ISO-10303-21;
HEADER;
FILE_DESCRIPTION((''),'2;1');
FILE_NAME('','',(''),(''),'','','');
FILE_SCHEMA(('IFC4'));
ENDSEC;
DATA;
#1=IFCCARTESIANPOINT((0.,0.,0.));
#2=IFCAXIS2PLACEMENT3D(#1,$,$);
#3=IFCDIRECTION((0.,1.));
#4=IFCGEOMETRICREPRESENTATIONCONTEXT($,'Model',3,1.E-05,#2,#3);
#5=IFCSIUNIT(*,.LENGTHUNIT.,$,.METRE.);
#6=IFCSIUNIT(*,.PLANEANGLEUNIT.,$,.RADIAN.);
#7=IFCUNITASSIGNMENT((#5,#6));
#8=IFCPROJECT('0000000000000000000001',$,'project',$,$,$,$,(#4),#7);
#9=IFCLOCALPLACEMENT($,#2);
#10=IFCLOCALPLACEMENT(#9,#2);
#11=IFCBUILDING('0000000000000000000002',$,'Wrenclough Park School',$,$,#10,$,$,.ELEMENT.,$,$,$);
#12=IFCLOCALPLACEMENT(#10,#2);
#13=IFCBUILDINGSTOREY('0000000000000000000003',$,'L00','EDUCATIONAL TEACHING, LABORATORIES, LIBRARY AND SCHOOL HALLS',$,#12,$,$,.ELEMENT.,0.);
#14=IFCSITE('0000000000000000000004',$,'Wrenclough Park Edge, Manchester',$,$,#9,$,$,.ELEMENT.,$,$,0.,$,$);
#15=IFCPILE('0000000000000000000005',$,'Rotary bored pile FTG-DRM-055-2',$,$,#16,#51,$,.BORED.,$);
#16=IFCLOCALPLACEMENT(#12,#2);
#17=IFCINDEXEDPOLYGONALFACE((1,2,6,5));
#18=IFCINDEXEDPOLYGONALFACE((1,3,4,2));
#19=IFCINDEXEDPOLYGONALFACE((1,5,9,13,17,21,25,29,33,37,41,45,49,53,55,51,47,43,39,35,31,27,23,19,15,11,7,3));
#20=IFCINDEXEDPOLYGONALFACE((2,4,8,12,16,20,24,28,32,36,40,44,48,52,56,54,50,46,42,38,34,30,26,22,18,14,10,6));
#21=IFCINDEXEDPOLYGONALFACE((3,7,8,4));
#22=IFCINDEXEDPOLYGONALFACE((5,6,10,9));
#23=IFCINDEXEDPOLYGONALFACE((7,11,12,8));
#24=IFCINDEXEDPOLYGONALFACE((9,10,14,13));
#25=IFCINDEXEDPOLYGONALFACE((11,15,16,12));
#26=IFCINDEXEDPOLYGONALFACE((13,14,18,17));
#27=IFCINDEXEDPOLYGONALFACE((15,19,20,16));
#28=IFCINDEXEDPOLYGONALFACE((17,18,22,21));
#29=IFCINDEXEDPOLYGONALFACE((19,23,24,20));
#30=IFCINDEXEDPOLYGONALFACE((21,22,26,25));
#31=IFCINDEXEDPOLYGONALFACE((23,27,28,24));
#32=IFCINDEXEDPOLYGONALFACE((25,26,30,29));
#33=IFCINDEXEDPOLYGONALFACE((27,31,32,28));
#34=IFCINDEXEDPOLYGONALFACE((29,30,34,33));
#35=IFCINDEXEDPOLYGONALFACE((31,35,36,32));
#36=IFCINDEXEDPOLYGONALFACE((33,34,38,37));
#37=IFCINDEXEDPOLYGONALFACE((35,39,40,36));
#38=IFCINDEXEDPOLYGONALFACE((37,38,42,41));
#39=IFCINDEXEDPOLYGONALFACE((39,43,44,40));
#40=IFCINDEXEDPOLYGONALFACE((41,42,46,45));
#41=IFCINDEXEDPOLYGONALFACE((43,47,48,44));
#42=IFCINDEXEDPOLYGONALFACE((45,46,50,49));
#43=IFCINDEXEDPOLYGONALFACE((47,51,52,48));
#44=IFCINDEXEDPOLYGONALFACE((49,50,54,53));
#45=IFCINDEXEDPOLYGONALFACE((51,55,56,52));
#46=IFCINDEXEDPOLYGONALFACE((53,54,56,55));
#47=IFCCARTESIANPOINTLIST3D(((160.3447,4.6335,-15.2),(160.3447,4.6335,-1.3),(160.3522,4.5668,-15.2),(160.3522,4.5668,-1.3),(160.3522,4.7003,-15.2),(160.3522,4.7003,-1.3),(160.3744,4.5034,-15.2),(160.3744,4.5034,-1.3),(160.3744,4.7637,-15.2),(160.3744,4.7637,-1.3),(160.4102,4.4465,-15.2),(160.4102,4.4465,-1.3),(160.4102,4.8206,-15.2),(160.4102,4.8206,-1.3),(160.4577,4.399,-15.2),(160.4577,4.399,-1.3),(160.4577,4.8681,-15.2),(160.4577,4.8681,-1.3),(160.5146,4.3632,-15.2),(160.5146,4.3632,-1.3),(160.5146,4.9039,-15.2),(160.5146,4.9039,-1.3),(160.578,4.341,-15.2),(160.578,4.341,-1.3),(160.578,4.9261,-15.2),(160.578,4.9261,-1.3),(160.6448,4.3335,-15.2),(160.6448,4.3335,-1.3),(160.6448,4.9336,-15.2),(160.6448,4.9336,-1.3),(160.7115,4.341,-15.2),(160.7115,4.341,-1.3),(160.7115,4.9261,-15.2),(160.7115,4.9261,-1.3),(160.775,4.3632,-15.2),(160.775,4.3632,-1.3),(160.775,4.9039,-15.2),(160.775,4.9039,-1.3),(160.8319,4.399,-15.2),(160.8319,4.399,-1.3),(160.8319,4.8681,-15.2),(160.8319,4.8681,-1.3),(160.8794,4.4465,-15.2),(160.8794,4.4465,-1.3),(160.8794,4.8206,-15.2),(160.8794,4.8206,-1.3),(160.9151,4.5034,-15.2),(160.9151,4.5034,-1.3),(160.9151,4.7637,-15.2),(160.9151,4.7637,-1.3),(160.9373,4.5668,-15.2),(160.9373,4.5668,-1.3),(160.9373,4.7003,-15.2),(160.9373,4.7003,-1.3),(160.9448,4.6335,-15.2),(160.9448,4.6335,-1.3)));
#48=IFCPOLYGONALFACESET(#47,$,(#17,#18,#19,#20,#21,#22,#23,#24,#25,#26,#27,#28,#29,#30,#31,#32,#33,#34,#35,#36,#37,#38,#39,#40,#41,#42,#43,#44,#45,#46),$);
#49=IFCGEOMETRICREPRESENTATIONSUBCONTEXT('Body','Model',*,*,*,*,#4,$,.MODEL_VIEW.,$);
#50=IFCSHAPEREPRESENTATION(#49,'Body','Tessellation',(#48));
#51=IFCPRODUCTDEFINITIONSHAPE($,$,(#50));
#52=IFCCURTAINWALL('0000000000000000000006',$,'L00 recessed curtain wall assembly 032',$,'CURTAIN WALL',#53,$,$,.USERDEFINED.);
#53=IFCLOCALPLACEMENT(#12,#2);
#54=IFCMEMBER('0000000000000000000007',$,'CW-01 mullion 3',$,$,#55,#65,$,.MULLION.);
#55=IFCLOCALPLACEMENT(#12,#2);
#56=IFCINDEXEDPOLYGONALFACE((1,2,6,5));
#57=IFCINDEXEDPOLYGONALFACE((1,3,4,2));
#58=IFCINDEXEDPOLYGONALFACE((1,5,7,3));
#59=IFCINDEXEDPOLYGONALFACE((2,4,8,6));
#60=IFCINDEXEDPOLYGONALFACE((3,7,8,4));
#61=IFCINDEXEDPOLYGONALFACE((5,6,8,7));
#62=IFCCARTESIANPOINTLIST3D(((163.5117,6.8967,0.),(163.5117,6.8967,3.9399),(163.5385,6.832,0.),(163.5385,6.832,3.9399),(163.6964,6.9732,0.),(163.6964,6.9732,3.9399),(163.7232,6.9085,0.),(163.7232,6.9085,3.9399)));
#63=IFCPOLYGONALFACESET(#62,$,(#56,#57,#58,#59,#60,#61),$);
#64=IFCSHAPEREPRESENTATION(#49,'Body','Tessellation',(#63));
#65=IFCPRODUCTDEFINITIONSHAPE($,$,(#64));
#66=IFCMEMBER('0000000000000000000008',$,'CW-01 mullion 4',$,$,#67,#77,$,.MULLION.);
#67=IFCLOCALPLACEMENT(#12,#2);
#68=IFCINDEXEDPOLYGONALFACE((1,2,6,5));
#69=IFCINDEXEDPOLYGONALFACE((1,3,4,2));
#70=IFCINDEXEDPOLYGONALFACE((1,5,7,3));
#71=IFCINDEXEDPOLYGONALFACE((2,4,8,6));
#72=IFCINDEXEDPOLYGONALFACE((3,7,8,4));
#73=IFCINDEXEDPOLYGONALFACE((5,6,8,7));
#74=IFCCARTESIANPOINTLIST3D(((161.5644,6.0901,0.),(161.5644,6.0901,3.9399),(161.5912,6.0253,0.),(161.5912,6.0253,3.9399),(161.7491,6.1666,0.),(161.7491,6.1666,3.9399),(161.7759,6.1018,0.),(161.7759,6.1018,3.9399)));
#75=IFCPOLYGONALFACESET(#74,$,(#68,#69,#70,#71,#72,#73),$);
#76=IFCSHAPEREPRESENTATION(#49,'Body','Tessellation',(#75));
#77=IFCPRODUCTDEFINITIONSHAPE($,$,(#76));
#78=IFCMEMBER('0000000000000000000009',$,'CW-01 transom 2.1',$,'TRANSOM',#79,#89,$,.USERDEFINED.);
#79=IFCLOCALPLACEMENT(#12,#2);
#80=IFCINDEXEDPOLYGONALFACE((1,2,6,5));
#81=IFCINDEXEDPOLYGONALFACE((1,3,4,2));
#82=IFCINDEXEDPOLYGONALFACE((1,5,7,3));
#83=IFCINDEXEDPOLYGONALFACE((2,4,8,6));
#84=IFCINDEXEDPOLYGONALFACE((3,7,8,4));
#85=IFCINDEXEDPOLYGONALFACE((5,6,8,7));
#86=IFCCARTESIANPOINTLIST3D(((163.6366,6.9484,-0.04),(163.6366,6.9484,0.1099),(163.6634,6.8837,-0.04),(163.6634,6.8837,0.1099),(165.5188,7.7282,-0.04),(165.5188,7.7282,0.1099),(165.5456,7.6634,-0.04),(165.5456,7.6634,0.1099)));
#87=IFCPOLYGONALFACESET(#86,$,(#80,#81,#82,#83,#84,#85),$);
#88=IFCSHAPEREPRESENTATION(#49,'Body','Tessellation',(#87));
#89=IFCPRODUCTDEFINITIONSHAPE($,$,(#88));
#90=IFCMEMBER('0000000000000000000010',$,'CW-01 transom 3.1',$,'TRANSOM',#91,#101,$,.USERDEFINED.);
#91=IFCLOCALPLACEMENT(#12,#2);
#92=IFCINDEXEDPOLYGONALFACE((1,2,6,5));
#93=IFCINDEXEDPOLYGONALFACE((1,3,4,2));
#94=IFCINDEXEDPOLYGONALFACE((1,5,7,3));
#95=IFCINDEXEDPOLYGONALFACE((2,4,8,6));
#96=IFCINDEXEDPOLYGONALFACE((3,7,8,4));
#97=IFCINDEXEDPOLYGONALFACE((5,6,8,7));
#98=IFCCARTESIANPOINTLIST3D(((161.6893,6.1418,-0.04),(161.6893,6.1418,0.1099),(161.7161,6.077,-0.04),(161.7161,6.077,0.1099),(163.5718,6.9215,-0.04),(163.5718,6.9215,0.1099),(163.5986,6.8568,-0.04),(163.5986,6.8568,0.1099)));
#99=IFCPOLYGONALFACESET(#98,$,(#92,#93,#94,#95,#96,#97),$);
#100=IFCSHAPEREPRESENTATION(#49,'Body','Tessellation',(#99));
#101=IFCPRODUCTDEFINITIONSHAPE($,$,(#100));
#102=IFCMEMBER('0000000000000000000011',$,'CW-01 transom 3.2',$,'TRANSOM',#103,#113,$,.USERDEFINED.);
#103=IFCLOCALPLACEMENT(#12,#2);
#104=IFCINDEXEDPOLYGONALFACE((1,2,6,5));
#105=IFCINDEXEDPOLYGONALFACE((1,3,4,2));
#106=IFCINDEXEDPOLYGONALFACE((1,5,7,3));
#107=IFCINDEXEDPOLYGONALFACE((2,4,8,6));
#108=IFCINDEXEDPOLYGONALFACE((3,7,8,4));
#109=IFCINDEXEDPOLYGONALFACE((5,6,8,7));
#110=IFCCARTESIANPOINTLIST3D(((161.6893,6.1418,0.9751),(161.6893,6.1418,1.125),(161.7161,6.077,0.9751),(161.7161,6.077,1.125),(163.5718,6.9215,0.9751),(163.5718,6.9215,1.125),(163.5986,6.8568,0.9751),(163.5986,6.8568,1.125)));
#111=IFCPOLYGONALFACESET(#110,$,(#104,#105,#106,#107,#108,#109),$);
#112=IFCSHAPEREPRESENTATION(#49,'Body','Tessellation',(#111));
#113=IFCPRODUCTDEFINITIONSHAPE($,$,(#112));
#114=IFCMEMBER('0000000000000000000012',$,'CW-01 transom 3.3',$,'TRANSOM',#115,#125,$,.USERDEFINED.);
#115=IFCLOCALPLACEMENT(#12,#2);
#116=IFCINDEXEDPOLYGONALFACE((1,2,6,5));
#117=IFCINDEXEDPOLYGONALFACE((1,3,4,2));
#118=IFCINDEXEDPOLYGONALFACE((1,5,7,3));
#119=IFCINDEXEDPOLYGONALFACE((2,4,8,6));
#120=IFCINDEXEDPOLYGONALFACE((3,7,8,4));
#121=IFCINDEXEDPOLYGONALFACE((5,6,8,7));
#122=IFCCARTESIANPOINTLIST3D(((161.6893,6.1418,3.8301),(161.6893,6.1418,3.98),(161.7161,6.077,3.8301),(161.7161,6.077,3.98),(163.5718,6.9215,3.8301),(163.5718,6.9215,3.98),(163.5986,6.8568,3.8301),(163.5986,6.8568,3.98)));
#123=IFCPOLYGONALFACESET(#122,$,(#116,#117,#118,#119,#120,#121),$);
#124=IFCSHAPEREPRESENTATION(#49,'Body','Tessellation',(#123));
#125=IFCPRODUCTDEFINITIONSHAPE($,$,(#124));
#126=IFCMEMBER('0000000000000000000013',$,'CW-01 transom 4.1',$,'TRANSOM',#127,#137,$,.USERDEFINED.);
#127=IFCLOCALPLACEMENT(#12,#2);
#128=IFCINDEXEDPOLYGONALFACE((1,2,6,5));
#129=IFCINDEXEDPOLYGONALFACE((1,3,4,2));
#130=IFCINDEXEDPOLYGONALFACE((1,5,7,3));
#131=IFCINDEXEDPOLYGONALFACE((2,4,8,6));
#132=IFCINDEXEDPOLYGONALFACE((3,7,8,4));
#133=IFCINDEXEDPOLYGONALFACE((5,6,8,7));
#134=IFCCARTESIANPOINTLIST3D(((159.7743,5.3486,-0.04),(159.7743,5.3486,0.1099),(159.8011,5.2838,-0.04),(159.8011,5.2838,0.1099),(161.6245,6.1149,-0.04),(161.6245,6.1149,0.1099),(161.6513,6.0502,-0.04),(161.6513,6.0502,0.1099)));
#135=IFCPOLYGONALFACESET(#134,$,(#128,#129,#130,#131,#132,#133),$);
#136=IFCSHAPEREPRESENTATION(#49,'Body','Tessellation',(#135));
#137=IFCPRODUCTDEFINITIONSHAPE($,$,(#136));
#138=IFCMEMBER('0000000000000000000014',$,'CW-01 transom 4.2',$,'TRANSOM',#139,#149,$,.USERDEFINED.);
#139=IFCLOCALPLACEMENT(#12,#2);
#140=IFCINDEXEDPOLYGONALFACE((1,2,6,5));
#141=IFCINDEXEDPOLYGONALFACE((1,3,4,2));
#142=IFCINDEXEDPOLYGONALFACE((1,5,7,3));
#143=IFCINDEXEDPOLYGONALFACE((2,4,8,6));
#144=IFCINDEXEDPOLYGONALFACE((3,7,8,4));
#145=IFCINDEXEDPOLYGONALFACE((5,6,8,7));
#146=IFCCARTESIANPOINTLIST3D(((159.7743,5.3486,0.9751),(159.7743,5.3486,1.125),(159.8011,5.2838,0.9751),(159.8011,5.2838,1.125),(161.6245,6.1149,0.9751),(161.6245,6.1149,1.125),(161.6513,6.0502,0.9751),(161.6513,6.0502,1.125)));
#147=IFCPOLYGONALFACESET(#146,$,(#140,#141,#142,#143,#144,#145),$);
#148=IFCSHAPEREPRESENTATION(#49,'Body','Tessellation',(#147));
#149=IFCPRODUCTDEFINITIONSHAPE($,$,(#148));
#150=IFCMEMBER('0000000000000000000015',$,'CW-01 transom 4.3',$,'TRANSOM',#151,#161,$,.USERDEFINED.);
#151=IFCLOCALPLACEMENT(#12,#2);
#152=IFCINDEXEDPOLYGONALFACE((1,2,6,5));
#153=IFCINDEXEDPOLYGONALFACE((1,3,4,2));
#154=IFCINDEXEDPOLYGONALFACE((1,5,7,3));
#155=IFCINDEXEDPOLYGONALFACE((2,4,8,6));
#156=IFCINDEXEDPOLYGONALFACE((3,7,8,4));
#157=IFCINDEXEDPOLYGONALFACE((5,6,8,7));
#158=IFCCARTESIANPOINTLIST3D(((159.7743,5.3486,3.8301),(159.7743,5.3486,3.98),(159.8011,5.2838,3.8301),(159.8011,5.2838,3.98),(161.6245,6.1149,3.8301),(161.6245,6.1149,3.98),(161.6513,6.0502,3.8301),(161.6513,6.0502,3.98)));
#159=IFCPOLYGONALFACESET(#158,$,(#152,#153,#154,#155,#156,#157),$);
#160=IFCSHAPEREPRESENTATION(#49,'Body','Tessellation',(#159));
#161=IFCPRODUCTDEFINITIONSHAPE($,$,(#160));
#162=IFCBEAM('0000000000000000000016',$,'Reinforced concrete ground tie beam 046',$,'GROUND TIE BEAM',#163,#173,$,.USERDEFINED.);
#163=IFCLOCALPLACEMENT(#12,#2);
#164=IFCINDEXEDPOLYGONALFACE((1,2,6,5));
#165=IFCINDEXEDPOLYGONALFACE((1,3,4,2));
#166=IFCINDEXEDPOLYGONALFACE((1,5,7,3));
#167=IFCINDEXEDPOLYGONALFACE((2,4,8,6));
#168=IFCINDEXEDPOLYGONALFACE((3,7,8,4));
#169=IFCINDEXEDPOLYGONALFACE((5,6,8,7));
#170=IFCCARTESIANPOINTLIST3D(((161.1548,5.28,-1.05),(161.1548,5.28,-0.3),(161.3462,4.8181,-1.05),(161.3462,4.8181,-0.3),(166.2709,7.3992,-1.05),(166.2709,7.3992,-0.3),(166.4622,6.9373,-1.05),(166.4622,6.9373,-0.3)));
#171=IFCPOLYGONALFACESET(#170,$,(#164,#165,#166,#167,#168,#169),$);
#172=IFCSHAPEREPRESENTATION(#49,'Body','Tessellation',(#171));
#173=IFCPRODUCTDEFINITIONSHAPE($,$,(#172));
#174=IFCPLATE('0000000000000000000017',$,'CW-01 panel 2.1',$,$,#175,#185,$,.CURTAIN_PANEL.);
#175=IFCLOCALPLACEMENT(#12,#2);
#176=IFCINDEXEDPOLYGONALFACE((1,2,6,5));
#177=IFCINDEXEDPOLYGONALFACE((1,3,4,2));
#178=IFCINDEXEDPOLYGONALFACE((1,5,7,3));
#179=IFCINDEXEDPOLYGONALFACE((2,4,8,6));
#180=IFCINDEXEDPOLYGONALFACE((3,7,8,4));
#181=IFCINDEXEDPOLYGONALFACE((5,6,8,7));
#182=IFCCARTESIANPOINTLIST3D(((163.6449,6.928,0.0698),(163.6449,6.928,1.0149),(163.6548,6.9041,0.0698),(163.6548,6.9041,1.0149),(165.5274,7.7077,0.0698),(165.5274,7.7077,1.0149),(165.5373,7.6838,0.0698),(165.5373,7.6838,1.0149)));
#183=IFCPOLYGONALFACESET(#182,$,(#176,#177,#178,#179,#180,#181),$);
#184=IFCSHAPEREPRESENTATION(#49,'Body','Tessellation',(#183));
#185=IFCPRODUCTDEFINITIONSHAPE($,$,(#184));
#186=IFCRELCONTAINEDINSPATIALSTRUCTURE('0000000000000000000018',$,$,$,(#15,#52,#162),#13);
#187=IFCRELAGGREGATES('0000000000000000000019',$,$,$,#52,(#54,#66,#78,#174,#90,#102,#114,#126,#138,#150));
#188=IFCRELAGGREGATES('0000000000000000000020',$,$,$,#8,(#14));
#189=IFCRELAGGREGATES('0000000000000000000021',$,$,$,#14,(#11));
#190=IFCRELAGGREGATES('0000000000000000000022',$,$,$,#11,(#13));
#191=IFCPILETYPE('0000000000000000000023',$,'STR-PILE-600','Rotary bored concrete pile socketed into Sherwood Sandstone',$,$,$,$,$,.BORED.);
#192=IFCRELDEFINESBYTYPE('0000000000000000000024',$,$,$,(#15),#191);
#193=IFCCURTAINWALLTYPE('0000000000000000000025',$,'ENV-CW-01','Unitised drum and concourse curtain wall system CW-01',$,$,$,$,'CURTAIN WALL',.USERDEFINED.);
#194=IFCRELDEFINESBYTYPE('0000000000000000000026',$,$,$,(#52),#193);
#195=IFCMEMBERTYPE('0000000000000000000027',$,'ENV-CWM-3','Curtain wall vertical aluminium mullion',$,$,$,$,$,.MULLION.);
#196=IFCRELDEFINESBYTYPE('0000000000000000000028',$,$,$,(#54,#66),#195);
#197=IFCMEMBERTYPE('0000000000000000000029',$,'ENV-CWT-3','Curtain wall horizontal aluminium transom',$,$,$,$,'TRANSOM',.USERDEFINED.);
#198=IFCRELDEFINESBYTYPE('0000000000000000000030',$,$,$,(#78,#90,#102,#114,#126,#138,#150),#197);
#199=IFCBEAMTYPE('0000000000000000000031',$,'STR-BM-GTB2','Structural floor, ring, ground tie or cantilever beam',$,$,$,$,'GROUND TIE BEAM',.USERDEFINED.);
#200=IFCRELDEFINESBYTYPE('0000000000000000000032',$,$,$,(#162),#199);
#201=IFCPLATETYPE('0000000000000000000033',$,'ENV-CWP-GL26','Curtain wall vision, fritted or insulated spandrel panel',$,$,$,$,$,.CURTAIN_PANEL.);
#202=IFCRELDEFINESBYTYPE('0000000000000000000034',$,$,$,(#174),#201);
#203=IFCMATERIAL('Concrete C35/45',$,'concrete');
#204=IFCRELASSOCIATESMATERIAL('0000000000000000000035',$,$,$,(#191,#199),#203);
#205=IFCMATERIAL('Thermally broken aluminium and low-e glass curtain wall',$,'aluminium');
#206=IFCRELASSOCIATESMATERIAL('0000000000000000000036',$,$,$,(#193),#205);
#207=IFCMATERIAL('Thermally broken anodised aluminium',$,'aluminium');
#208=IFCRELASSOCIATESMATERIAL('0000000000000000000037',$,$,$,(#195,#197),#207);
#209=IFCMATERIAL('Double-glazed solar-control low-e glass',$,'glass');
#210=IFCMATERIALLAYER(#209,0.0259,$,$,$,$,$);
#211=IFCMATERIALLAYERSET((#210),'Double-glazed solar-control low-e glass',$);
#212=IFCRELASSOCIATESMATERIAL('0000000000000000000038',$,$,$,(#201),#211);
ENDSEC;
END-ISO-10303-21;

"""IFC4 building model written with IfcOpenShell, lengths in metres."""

from ifc_helpers import new_model, si_unit, direction, frame, origin, origin_2d, place, context, subcontext, project, spatial, rectangle, circle, extrude, material, layer, layer_set, material_profile, profile_set, type_object, element, aggregate, save


model = new_model("IFC4")

# Units and contexts
model_context = context("Model", 3, precision=1e-05, world=origin(), true_north=direction((0.0, 1.0)))
body_context = subcontext(model_context, "Body", "Model", "MODEL_VIEW")
ifc_project = project(units=[si_unit("LENGTHUNIT", "METRE"), si_unit("PLANEANGLEUNIT", "RADIAN")], contexts=[model_context])

# Site, building, storey
site_placement = place(None, origin())
site = spatial("IfcSite", under=ifc_project, at=site_placement, Name="Wrenclough Park Edge, Manchester", CompositionType="ELEMENT", RefElevation=0.0)
building_placement = place(site_placement, origin())
building = spatial("IfcBuilding", under=site, at=building_placement, Name="Wrenclough Park School", CompositionType="ELEMENT")
storey_placement = place(building_placement, origin())
storey = spatial("IfcBuildingStorey", under=building, at=storey_placement, Name="L00", Description="EDUCATIONAL TEACHING, LABORATORIES, LIBRARY AND SCHOOL HALLS", CompositionType="ELEMENT", Elevation=0.0)

# Pile
ifc_material_1 = material(Name="Concrete C35/45", Category="concrete")
ifc_material_profile_1 = material_profile(ifc_material_1, circle(Radius=0.3, at=origin_2d()), Name="BORED PILE D600")
ifc_profile_set_1 = profile_set([ifc_material_profile_1], Name="Concrete C35/45")
pile_type = type_object("IfcPileType", Name="STR-PILE-600", Description="Rotary bored concrete pile socketed into Sherwood Sandstone", PredefinedType="BORED", material=ifc_profile_set_1)
pile_placement = place(storey_placement, frame((160.6448, 4.6335, -1.3), z_axis=(0.0, 0.0, -1.0), x_axis=(1.0, 0.0, 0.0)))
element("IfcPile", 1, at=pile_placement, inside=storey, type_object=pile_type, Name="Rotary bored pile FTG-DRM-055-2", PredefinedType="BORED", context=body_context, shape_type="SweptSolid", body=[
    extrude(circle(Radius=0.3, at=origin_2d()), origin(), (0.0, 0.0, 1.0), 13.8999),
])

# Curtain wall, members
ifc_material_2 = material(Name="Thermally broken aluminium and low-e glass curtain wall", Category="aluminium")
curtain_wall_type = type_object("IfcCurtainWallType", Name="ENV-CW-01", Description="Unitised drum and concourse curtain wall system CW-01", ElementType="CURTAIN WALL", PredefinedType="USERDEFINED", material=ifc_material_2)
curtain_wall_placement = place(storey_placement, origin())
curtain_wall = element("IfcCurtainWall", 2, at=curtain_wall_placement, inside=storey, type_object=curtain_wall_type, Name="L00 recessed curtain wall assembly 032", ObjectType="CURTAIN WALL", PredefinedType="USERDEFINED")
ifc_material_3 = material(Name="Thermally broken anodised aluminium", Category="aluminium")
ifc_material_profile_2 = material_profile(ifc_material_3, rectangle(XDim=0.0701, YDim=0.2, at=origin_2d()), Name="AL MULLION 70x200")
ifc_profile_set_2 = profile_set([ifc_material_profile_2], Name="Thermally broken anodised aluminium")
member_type_1 = type_object("IfcMemberType", Name="ENV-CWM-3", Description="Curtain wall vertical aluminium mullion", PredefinedType="MULLION", material=ifc_profile_set_2)
member_1_placement = place(storey_placement, frame((163.6174, 6.9026, 0.0), z_axis=(0.0, 0.0, 1.0), x_axis=(0.382687, -0.923878, 0.0)))
member_1 = element("IfcMember", 3, at=member_1_placement, type_object=member_type_1, Name="CW-01 mullion 3", PredefinedType="MULLION", context=body_context, shape_type="SweptSolid", body=[
    extrude(rectangle(XDim=0.0701, YDim=0.2, at=origin_2d()), origin(), (0.0, 0.0, 1.0), 3.9399),
])
member_2_placement = place(storey_placement, frame((161.6702, 6.0959, 0.0), z_axis=(0.0, 0.0, 1.0), x_axis=(0.382687, -0.923878, 0.0)))
member_2 = element("IfcMember", 4, at=member_2_placement, type_object=member_type_1, Name="CW-01 mullion 4", PredefinedType="MULLION", context=body_context, shape_type="SweptSolid", body=[
    extrude(rectangle(XDim=0.0701, YDim=0.2, at=origin_2d()), origin(), (0.0, 0.0, 1.0), 3.9399),
])
ifc_material_profile_3 = material_profile(ifc_material_3, rectangle(XDim=0.0701, YDim=0.1499, at=origin_2d()), Name="AL TRANSOM 70x150")
ifc_profile_set_3 = profile_set([ifc_material_profile_3], Name="Thermally broken anodised aluminium")
member_type_2 = type_object("IfcMemberType", Name="ENV-CWT-3", Description="Curtain wall horizontal aluminium transom", ElementType="TRANSOM", PredefinedType="USERDEFINED", material=ifc_profile_set_3)
member_3_placement = place(storey_placement, frame((165.5322, 7.6958, 0.0349), z_axis=(-0.923862, -0.382726, 0.0), x_axis=(0.382726, -0.923862, 0.0)))
member_3 = element("IfcMember", 5, at=member_3_placement, type_object=member_type_2, Name="CW-01 transom 2.1", ObjectType="TRANSOM", PredefinedType="USERDEFINED", context=body_context, shape_type="SweptSolid", body=[
    extrude(rectangle(XDim=0.0701, YDim=0.1499, at=origin_2d()), origin(), (0.0, 0.0, 1.0), 2.0374),
])
member_4_placement = place(storey_placement, frame((163.5852, 6.8892, 0.0349), z_axis=(-0.92388, -0.382683, 0.0), x_axis=(0.382683, -0.92388, 0.0)))
member_4 = element("IfcMember", 6, at=member_4_placement, type_object=member_type_2, Name="CW-01 transom 3.1", ObjectType="TRANSOM", PredefinedType="USERDEFINED", context=body_context, shape_type="SweptSolid", body=[
    extrude(rectangle(XDim=0.0701, YDim=0.1499, at=origin_2d()), origin(), (0.0, 0.0, 1.0), 2.0376),
])
member_5_placement = place(storey_placement, frame((163.5852, 6.8892, 1.05), z_axis=(-0.92388, -0.382683, 0.0), x_axis=(0.382683, -0.92388, 0.0)))
member_5 = element("IfcMember", 7, at=member_5_placement, type_object=member_type_2, Name="CW-01 transom 3.2", ObjectType="TRANSOM", PredefinedType="USERDEFINED", context=body_context, shape_type="SweptSolid", body=[
    extrude(rectangle(XDim=0.0701, YDim=0.1499, at=origin_2d()), origin(), (0.0, 0.0, 1.0), 2.0376),
])
member_6_placement = place(storey_placement, frame((163.5852, 6.8892, 3.905), z_axis=(-0.92388, -0.382683, 0.0), x_axis=(0.382683, -0.92388, 0.0)))
member_6 = element("IfcMember", 8, at=member_6_placement, type_object=member_type_2, Name="CW-01 transom 3.3", ObjectType="TRANSOM", PredefinedType="USERDEFINED", context=body_context, shape_type="SweptSolid", body=[
    extrude(rectangle(XDim=0.0701, YDim=0.1499, at=origin_2d()), origin(), (0.0, 0.0, 1.0), 2.0376),
])
member_7_placement = place(storey_placement, frame((161.6379, 6.0825, 0.0349), z_axis=(-0.923894, -0.38265, 0.0), x_axis=(0.38265, -0.923894, 0.0)))
member_7 = element("IfcMember", 9, at=member_7_placement, type_object=member_type_2, Name="CW-01 transom 4.1", ObjectType="TRANSOM", PredefinedType="USERDEFINED", context=body_context, shape_type="SweptSolid", body=[
    extrude(rectangle(XDim=0.0701, YDim=0.1499, at=origin_2d()), origin(), (0.0, 0.0, 1.0), 2.0027),
])
member_8_placement = place(storey_placement, frame((161.6379, 6.0825, 1.05), z_axis=(-0.923894, -0.38265, 0.0), x_axis=(0.38265, -0.923894, 0.0)))
member_8 = element("IfcMember", 10, at=member_8_placement, type_object=member_type_2, Name="CW-01 transom 4.2", ObjectType="TRANSOM", PredefinedType="USERDEFINED", context=body_context, shape_type="SweptSolid", body=[
    extrude(rectangle(XDim=0.0701, YDim=0.1499, at=origin_2d()), origin(), (0.0, 0.0, 1.0), 2.0027),
])
member_9_placement = place(storey_placement, frame((161.6379, 6.0825, 3.905), z_axis=(-0.923894, -0.38265, 0.0), x_axis=(0.38265, -0.923894, 0.0)))
member_9 = element("IfcMember", 11, at=member_9_placement, type_object=member_type_2, Name="CW-01 transom 4.3", ObjectType="TRANSOM", PredefinedType="USERDEFINED", context=body_context, shape_type="SweptSolid", body=[
    extrude(rectangle(XDim=0.0701, YDim=0.1499, at=origin_2d()), origin(), (0.0, 0.0, 1.0), 2.0027),
])

# Beam
ifc_material_profile_4 = material_profile(ifc_material_1, rectangle(XDim=0.5, YDim=0.75, at=origin_2d()), Name="RC GROUND 500x750")
ifc_profile_set_4 = profile_set([ifc_material_profile_4], Name="Concrete C35/45")
beam_type = type_object("IfcBeamType", Name="STR-BM-GTB2", Description="Structural floor, ring, ground tie or cantilever beam", ElementType="GROUND TIE BEAM", PredefinedType="USERDEFINED", material=ifc_profile_set_4)
beam_placement = place(storey_placement, frame((161.2505, 5.0491, -0.675), z_axis=(0.923877, 0.382689, 0.0), x_axis=(-0.382689, 0.923877, 0.0)))
element("IfcBeam", 12, at=beam_placement, inside=storey, type_object=beam_type, Name="Reinforced concrete ground tie beam 046", ObjectType="GROUND TIE BEAM", PredefinedType="USERDEFINED", context=body_context, shape_type="SweptSolid", body=[
    extrude(rectangle(XDim=0.5, YDim=0.75, at=origin_2d()), origin(), (0.0, 0.0, 1.0), 5.5376),
])

# Plate
ifc_material_4 = material(Name="Double-glazed solar-control low-e glass", Category="glass")
ifc_layer_1 = layer(ifc_material_4, 0.0259)
ifc_layer_set_1 = layer_set([ifc_layer_1], Name="Double-glazed solar-control low-e glass")
plate_type_1 = type_object("IfcPlateType", Name="ENV-CWP-GL26", Description="Curtain wall vision, fritted or insulated spandrel panel", PredefinedType="CURTAIN_PANEL", material=ifc_layer_set_1)
plate_1_placement = place(storey_placement, frame((164.5911, 7.3059, 0.0698), z_axis=(0.0, 0.0, 1.0), x_axis=(-0.923878, -0.382687, 0.0)))
plate_1 = element("IfcPlate", 13, at=plate_1_placement, type_object=plate_type_1, Name="CW-01 panel 2.1", PredefinedType="CURTAIN_PANEL", context=body_context, shape_type="SweptSolid", body=[
    extrude(rectangle(XDim=2.0376, YDim=0.0259, at=origin_2d()), origin(), (0.0, 0.0, 1.0), 0.9451),
])
aggregate(curtain_wall, [member_1, member_2, member_3, plate_1, member_4, member_5, member_6, member_7, member_8, member_9])

save(model, "model.ifc")
